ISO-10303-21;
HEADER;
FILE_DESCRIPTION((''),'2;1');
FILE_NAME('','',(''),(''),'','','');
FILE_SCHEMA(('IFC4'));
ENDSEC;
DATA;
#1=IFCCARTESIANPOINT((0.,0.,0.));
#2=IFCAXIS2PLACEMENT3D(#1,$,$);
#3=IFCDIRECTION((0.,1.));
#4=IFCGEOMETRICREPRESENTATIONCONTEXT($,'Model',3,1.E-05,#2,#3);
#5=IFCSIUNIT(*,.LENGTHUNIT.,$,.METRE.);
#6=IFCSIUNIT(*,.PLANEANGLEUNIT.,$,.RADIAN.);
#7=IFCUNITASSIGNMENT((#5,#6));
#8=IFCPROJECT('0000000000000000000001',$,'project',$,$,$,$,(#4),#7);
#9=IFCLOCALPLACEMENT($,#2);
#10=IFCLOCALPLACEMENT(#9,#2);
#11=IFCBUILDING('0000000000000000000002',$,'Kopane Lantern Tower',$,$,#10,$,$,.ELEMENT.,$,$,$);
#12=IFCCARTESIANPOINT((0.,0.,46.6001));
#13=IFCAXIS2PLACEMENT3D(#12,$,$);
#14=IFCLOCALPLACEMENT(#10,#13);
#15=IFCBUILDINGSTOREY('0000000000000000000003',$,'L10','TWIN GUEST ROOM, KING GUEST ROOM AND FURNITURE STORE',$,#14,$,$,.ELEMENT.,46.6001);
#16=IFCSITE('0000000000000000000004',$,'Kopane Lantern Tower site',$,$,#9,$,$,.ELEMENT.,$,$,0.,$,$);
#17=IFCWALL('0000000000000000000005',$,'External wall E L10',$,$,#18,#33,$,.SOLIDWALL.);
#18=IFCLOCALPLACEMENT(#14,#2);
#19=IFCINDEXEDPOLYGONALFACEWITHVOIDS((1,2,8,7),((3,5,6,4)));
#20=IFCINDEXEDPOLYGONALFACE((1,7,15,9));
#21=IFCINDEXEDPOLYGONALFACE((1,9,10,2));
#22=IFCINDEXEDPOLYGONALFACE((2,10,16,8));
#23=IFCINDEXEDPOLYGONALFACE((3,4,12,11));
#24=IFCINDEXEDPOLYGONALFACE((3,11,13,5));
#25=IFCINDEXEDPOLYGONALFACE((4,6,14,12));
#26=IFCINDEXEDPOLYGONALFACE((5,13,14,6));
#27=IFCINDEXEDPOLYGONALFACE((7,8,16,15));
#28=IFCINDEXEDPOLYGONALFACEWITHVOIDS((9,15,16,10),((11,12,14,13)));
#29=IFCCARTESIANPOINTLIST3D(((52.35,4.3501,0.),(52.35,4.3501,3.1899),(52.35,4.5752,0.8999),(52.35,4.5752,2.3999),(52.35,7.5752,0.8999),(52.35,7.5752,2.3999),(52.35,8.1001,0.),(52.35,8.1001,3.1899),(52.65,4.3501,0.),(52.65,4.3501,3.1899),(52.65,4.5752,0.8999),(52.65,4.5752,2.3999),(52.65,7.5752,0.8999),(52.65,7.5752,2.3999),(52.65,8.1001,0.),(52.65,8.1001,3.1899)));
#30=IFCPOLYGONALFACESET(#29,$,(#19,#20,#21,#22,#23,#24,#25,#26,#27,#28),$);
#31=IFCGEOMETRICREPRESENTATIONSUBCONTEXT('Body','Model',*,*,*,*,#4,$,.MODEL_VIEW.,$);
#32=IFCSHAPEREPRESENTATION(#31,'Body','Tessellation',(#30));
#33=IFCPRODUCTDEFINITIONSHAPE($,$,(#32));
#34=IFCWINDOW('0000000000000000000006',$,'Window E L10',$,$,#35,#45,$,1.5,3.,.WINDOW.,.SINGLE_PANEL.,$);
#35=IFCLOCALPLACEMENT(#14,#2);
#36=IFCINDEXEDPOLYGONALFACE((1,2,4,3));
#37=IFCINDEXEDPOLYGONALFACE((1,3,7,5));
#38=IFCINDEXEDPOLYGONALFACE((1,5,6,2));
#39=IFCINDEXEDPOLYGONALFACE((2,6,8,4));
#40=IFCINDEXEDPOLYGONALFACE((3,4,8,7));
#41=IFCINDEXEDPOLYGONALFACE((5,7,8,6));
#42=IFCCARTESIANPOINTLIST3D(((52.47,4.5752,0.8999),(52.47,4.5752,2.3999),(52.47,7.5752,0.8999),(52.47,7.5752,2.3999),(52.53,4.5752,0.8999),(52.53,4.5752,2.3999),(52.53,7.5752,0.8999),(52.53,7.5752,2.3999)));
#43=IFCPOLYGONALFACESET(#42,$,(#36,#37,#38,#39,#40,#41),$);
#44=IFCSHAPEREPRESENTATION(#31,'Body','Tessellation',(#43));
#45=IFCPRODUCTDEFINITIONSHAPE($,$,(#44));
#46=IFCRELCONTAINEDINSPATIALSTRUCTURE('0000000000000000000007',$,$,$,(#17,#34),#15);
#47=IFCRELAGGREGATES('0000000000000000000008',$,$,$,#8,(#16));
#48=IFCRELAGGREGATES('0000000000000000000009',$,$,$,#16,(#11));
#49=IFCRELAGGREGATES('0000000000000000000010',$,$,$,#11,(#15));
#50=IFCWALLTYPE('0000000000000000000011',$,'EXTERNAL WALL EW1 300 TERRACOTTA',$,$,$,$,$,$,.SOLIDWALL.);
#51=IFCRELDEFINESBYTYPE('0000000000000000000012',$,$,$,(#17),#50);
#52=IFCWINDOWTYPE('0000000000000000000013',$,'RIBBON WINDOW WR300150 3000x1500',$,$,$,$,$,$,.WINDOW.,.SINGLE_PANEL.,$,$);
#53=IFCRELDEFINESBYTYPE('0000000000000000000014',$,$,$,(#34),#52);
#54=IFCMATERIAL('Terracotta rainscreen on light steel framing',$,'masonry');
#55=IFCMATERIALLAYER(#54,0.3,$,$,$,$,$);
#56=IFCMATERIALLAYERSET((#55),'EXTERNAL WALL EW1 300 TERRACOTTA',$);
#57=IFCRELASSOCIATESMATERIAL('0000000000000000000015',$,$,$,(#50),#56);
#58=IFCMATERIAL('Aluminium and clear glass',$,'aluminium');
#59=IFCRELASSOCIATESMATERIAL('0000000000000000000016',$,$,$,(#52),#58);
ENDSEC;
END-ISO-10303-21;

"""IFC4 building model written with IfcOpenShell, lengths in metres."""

from ifc_helpers import new_model, si_unit, direction, frame, frame_2d, origin, place, context, subcontext, project, spatial, rectangle, extrude, material, layer, layer_set, type_object, element, fill, save


model = new_model("IFC4")

# Units and contexts
model_context = context("Model", 3, precision=1e-05, world=origin(), true_north=direction((0.0, 1.0)))
body_context = subcontext(model_context, "Body", "Model", "MODEL_VIEW")
ifc_project = project(units=[si_unit("LENGTHUNIT", "METRE"), si_unit("PLANEANGLEUNIT", "RADIAN")], contexts=[model_context])

# Site, building, storey
site_placement = place(None, origin())
site = spatial("IfcSite", under=ifc_project, at=site_placement, Name="Kopane Lantern Tower site", CompositionType="ELEMENT", RefElevation=0.0)
building_placement = place(site_placement, origin())
building = spatial("IfcBuilding", under=site, at=building_placement, Name="Kopane Lantern Tower", CompositionType="ELEMENT")
storey_placement = place(building_placement, frame((0.0, 0.0, 46.6001)))
storey = spatial("IfcBuildingStorey", under=building, at=storey_placement, Name="L10", Description="TWIN GUEST ROOM, KING GUEST ROOM AND FURNITURE STORE", CompositionType="ELEMENT", Elevation=46.6001)

# Wall, opening, window
ifc_material_1 = material(Name="Terracotta rainscreen on light steel framing", Category="masonry")
ifc_layer = layer(ifc_material_1, 0.3)
ifc_layer_set = layer_set([ifc_layer], Name="EXTERNAL WALL EW1 300 TERRACOTTA")
wall_type = type_object("IfcWallType", Name="EXTERNAL WALL EW1 300 TERRACOTTA", PredefinedType="SOLIDWALL", material=ifc_layer_set)
ifc_material_2 = material(Name="Aluminium and clear glass", Category="aluminium")
window_type = type_object("IfcWindowType", Name="RIBBON WINDOW WR300150 3000x1500", PartitioningType="SINGLE_PANEL", PredefinedType="WINDOW", material=ifc_material_2)
wall_1_placement = place(storey_placement, frame((52.5, 4.3501, 0.0), z_axis=(0.0, 0.0, 1.0), x_axis=(0.0, 1.0, 0.0)))
wall_1 = element("IfcWall", 1, at=wall_1_placement, inside=storey, type_object=wall_type, Name="External wall E L10", PredefinedType="SOLIDWALL", context=body_context, shape_type="SweptSolid", body=[
    extrude(rectangle(XDim=3.75, YDim=0.3, at=frame_2d((1.875, 0.0))), origin(), (0.0, 0.0, 1.0), 3.1899),
])
opening_1_placement = place(wall_1_placement, frame((0.2251, 0.0, 0.8999)))
opening_1 = element("IfcOpeningElement", 2, at=opening_1_placement, cuts=wall_1, PredefinedType="OPENING", context=body_context, shape_type="SweptSolid", body=[
    extrude(rectangle(XDim=3.0, YDim=1.5, at=frame_2d((1.5, 0.75))), frame((0.0, 0.1599, 0.0), z_axis=(0.0, -1.0, 0.0), x_axis=(1.0, 0.0, 0.0)), (0.0, 0.0, 1.0), 0.3201),
])
window_1_placement = place(opening_1_placement, origin())
window_1 = element("IfcWindow", 3, at=window_1_placement, inside=storey, type_object=window_type, Name="Window E L10", OverallHeight=1.5, OverallWidth=3.0, PartitioningType="SINGLE_PANEL", PredefinedType="WINDOW", context=body_context, shape_type="SweptSolid", body=[
    extrude(rectangle(XDim=3.0, YDim=1.5, at=frame_2d((1.5, 0.75))), frame((0.0, 0.03, 0.0), z_axis=(0.0, -1.0, 0.0), x_axis=(1.0, 0.0, 0.0)), (0.0, 0.0, 1.0), 0.0601),
])
fill(opening_1, window_1)

save(model, "model.ifc")
